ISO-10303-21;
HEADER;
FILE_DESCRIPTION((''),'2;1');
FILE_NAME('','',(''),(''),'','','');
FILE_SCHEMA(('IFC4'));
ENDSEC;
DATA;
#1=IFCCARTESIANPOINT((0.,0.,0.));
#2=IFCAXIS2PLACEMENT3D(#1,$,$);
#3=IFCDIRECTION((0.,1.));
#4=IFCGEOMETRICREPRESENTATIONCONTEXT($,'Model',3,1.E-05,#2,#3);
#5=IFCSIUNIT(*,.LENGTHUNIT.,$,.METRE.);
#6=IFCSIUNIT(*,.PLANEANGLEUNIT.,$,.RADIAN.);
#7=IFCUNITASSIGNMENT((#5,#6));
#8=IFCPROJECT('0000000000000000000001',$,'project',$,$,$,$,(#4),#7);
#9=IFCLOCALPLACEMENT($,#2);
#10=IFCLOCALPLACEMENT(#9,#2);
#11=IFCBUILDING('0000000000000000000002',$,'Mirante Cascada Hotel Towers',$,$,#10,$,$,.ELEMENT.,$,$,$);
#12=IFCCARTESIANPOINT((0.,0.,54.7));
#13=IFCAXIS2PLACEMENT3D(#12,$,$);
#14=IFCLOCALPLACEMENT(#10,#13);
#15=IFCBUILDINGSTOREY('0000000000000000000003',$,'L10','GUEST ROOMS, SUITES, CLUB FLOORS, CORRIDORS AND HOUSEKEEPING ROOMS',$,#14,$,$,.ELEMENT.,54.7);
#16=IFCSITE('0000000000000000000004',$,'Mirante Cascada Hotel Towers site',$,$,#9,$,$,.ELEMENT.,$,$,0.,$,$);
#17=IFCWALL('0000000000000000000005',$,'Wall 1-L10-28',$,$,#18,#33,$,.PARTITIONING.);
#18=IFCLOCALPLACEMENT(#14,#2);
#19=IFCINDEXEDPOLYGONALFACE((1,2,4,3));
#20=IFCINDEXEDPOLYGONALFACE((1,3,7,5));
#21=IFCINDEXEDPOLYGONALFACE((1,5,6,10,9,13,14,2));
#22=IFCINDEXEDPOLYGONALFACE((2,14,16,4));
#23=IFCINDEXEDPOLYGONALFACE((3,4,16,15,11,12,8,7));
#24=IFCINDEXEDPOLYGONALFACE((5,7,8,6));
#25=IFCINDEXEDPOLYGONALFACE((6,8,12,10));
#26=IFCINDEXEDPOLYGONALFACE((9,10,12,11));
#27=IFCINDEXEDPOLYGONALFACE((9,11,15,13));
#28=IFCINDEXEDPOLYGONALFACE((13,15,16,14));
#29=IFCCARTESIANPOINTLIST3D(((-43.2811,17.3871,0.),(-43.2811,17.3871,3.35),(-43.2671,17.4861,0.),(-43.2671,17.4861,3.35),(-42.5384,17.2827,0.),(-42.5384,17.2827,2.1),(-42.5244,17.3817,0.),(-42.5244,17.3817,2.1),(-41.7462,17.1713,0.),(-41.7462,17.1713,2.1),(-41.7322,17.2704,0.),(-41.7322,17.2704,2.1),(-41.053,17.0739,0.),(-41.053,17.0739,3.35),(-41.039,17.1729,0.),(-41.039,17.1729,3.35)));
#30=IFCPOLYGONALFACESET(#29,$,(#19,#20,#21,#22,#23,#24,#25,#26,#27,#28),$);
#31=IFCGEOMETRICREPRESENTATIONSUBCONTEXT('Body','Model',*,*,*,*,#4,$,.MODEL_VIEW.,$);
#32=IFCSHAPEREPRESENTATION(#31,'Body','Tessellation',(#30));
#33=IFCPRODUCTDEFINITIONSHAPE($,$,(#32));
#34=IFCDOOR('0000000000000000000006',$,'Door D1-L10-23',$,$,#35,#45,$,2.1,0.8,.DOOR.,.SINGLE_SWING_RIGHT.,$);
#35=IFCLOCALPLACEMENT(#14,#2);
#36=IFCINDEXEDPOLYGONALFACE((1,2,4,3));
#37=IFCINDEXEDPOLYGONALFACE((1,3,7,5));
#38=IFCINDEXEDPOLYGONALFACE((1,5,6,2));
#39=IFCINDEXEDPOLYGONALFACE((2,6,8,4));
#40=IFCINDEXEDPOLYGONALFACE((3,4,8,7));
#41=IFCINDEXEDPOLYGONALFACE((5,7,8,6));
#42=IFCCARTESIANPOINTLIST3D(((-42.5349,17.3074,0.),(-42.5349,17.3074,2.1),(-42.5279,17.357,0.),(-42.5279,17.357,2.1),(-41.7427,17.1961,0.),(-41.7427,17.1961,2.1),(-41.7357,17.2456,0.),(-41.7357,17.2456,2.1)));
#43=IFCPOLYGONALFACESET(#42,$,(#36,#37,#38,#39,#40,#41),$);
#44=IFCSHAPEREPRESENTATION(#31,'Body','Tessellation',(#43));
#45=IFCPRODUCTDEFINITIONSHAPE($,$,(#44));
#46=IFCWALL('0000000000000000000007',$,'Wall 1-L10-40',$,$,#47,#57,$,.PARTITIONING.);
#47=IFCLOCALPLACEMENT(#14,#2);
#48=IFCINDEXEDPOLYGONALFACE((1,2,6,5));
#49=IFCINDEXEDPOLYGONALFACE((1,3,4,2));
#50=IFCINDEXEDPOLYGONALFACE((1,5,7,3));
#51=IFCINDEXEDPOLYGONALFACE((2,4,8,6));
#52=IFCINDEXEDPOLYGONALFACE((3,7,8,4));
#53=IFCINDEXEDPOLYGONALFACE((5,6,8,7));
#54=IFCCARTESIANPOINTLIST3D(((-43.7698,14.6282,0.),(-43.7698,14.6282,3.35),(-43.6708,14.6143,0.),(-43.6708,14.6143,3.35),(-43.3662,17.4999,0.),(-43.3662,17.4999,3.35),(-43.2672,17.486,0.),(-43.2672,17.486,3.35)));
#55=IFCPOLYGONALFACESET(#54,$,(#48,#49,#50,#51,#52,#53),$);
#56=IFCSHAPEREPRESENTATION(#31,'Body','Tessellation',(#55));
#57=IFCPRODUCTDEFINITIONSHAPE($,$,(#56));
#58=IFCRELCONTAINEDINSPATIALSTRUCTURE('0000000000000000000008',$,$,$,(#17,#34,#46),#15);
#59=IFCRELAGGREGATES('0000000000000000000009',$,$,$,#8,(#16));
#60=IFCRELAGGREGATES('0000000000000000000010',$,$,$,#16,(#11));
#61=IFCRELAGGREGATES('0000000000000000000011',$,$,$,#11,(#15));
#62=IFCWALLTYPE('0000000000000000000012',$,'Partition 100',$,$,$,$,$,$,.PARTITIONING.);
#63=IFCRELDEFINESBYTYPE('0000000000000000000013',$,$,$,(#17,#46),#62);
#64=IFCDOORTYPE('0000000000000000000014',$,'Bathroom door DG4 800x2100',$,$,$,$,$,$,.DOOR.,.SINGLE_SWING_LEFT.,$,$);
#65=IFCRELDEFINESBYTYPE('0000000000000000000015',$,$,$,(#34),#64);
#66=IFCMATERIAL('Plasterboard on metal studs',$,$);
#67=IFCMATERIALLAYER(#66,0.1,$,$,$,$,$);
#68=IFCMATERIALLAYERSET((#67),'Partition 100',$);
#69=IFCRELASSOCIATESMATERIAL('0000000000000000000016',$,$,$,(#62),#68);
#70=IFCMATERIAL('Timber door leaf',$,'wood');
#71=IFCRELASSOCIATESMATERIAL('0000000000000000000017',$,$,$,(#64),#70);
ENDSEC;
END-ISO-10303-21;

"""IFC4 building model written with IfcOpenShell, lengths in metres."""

from ifc_helpers import new_model, si_unit, direction, frame, frame_2d, origin, place, context, subcontext, project, spatial, rectangle, extrude, material, layer, layer_set, type_object, element, fill, save


model = new_model("IFC4")

# Units and contexts
model_context = context("Model", 3, precision=1e-05, world=origin(), true_north=direction((0.0, 1.0)))
body_context = subcontext(model_context, "Body", "Model", "MODEL_VIEW")
ifc_project = project(units=[si_unit("LENGTHUNIT", "METRE"), si_unit("PLANEANGLEUNIT", "RADIAN")], contexts=[model_context])

# Site, building, storey
site_placement = place(None, origin())
site = spatial("IfcSite", under=ifc_project, at=site_placement, Name="Mirante Cascada Hotel Towers site", CompositionType="ELEMENT", RefElevation=0.0)
building_placement = place(site_placement, origin())
building = spatial("IfcBuilding", under=site, at=building_placement, Name="Mirante Cascada Hotel Towers", CompositionType="ELEMENT")
storey_placement = place(building_placement, frame((0.0, 0.0, 54.7)))
storey = spatial("IfcBuildingStorey", under=building, at=storey_placement, Name="L10", Description="GUEST ROOMS, SUITES, CLUB FLOORS, CORRIDORS AND HOUSEKEEPING ROOMS", CompositionType="ELEMENT", Elevation=54.7)

# Shared definitions
ifc_material_1 = material(Name="Plasterboard on metal studs")
ifc_layer_1 = layer(ifc_material_1, 0.1)
ifc_layer_set_1 = layer_set([ifc_layer_1], Name="Partition 100")
wall_type_1 = type_object("IfcWallType", Name="Partition 100", PredefinedType="PARTITIONING", material=ifc_layer_set_1)
ifc_material_2 = material(Name="Timber door leaf", Category="wood")
door_type = type_object("IfcDoorType", Name="Bathroom door DG4 800x2100", OperationType="SINGLE_SWING_LEFT", PredefinedType="DOOR", material=ifc_material_2)

# Wall, opening, door
wall_1_placement = place(storey_placement, frame((-43.2741, 17.4366, 0.0), z_axis=(0.0, 0.0, 1.0), x_axis=(0.990264, -0.1392, 0.0)))
wall_1 = element("IfcWall", 1, at=wall_1_placement, inside=storey, type_object=wall_type_1, Name="Wall 1-L10-28", PredefinedType="PARTITIONING", context=body_context, shape_type="SweptSolid", body=[
    extrude(rectangle(XDim=2.25, YDim=0.1, at=frame_2d((1.125, 0.0))), origin(), (0.0, 0.0, 1.0), 3.35),
])
opening_1_placement = place(wall_1_placement, frame((0.75, 0.0, 0.0)))
opening_1 = element("IfcOpeningElement", 2, at=opening_1_placement, cuts=wall_1, PredefinedType="OPENING", context=body_context, shape_type="SweptSolid", body=[
    extrude(rectangle(XDim=0.8, YDim=2.1, at=frame_2d((0.4, 1.05))), frame((0.0, 0.05, 0.0), z_axis=(0.0, -1.0, 0.0), x_axis=(1.0, 0.0, 0.0)), (0.0, 0.0, 1.0), 0.1),
])
door_1_placement = place(opening_1_placement, frame((0.8, 0.0, 0.0), z_axis=(0.0, 0.0, 1.0), x_axis=(-1.0, 0.0, 0.0)))
door_1 = element("IfcDoor", 3, at=door_1_placement, inside=storey, type_object=door_type, Name="Door D1-L10-23", OperationType="SINGLE_SWING_RIGHT", OverallHeight=2.1, OverallWidth=0.8, PredefinedType="DOOR", context=body_context, shape_type="SweptSolid", body=[
    extrude(rectangle(XDim=0.8, YDim=2.1, at=frame_2d((0.4, 1.05))), frame((0.0, 0.025, 0.0), z_axis=(0.0, -1.0, 0.0), x_axis=(1.0, 0.0, 0.0)), (0.0, 0.0, 1.0), 0.05),
])
fill(opening_1, door_1)

# Wall
wall_2_placement = place(storey_placement, frame((-43.3167, 17.493, 0.0), z_axis=(0.0, 0.0, 1.0), x_axis=(-0.139176, -0.990268, 0.0)))
element("IfcWall", 4, at=wall_2_placement, inside=storey, type_object=wall_type_1, Name="Wall 1-L10-40", PredefinedType="PARTITIONING", context=body_context, shape_type="SweptSolid", body=[
    extrude(rectangle(XDim=2.8999, YDim=0.1, at=frame_2d((1.45, 0.0))), origin(), (0.0, 0.0, 1.0), 3.35),
])

save(model, "model.ifc")
